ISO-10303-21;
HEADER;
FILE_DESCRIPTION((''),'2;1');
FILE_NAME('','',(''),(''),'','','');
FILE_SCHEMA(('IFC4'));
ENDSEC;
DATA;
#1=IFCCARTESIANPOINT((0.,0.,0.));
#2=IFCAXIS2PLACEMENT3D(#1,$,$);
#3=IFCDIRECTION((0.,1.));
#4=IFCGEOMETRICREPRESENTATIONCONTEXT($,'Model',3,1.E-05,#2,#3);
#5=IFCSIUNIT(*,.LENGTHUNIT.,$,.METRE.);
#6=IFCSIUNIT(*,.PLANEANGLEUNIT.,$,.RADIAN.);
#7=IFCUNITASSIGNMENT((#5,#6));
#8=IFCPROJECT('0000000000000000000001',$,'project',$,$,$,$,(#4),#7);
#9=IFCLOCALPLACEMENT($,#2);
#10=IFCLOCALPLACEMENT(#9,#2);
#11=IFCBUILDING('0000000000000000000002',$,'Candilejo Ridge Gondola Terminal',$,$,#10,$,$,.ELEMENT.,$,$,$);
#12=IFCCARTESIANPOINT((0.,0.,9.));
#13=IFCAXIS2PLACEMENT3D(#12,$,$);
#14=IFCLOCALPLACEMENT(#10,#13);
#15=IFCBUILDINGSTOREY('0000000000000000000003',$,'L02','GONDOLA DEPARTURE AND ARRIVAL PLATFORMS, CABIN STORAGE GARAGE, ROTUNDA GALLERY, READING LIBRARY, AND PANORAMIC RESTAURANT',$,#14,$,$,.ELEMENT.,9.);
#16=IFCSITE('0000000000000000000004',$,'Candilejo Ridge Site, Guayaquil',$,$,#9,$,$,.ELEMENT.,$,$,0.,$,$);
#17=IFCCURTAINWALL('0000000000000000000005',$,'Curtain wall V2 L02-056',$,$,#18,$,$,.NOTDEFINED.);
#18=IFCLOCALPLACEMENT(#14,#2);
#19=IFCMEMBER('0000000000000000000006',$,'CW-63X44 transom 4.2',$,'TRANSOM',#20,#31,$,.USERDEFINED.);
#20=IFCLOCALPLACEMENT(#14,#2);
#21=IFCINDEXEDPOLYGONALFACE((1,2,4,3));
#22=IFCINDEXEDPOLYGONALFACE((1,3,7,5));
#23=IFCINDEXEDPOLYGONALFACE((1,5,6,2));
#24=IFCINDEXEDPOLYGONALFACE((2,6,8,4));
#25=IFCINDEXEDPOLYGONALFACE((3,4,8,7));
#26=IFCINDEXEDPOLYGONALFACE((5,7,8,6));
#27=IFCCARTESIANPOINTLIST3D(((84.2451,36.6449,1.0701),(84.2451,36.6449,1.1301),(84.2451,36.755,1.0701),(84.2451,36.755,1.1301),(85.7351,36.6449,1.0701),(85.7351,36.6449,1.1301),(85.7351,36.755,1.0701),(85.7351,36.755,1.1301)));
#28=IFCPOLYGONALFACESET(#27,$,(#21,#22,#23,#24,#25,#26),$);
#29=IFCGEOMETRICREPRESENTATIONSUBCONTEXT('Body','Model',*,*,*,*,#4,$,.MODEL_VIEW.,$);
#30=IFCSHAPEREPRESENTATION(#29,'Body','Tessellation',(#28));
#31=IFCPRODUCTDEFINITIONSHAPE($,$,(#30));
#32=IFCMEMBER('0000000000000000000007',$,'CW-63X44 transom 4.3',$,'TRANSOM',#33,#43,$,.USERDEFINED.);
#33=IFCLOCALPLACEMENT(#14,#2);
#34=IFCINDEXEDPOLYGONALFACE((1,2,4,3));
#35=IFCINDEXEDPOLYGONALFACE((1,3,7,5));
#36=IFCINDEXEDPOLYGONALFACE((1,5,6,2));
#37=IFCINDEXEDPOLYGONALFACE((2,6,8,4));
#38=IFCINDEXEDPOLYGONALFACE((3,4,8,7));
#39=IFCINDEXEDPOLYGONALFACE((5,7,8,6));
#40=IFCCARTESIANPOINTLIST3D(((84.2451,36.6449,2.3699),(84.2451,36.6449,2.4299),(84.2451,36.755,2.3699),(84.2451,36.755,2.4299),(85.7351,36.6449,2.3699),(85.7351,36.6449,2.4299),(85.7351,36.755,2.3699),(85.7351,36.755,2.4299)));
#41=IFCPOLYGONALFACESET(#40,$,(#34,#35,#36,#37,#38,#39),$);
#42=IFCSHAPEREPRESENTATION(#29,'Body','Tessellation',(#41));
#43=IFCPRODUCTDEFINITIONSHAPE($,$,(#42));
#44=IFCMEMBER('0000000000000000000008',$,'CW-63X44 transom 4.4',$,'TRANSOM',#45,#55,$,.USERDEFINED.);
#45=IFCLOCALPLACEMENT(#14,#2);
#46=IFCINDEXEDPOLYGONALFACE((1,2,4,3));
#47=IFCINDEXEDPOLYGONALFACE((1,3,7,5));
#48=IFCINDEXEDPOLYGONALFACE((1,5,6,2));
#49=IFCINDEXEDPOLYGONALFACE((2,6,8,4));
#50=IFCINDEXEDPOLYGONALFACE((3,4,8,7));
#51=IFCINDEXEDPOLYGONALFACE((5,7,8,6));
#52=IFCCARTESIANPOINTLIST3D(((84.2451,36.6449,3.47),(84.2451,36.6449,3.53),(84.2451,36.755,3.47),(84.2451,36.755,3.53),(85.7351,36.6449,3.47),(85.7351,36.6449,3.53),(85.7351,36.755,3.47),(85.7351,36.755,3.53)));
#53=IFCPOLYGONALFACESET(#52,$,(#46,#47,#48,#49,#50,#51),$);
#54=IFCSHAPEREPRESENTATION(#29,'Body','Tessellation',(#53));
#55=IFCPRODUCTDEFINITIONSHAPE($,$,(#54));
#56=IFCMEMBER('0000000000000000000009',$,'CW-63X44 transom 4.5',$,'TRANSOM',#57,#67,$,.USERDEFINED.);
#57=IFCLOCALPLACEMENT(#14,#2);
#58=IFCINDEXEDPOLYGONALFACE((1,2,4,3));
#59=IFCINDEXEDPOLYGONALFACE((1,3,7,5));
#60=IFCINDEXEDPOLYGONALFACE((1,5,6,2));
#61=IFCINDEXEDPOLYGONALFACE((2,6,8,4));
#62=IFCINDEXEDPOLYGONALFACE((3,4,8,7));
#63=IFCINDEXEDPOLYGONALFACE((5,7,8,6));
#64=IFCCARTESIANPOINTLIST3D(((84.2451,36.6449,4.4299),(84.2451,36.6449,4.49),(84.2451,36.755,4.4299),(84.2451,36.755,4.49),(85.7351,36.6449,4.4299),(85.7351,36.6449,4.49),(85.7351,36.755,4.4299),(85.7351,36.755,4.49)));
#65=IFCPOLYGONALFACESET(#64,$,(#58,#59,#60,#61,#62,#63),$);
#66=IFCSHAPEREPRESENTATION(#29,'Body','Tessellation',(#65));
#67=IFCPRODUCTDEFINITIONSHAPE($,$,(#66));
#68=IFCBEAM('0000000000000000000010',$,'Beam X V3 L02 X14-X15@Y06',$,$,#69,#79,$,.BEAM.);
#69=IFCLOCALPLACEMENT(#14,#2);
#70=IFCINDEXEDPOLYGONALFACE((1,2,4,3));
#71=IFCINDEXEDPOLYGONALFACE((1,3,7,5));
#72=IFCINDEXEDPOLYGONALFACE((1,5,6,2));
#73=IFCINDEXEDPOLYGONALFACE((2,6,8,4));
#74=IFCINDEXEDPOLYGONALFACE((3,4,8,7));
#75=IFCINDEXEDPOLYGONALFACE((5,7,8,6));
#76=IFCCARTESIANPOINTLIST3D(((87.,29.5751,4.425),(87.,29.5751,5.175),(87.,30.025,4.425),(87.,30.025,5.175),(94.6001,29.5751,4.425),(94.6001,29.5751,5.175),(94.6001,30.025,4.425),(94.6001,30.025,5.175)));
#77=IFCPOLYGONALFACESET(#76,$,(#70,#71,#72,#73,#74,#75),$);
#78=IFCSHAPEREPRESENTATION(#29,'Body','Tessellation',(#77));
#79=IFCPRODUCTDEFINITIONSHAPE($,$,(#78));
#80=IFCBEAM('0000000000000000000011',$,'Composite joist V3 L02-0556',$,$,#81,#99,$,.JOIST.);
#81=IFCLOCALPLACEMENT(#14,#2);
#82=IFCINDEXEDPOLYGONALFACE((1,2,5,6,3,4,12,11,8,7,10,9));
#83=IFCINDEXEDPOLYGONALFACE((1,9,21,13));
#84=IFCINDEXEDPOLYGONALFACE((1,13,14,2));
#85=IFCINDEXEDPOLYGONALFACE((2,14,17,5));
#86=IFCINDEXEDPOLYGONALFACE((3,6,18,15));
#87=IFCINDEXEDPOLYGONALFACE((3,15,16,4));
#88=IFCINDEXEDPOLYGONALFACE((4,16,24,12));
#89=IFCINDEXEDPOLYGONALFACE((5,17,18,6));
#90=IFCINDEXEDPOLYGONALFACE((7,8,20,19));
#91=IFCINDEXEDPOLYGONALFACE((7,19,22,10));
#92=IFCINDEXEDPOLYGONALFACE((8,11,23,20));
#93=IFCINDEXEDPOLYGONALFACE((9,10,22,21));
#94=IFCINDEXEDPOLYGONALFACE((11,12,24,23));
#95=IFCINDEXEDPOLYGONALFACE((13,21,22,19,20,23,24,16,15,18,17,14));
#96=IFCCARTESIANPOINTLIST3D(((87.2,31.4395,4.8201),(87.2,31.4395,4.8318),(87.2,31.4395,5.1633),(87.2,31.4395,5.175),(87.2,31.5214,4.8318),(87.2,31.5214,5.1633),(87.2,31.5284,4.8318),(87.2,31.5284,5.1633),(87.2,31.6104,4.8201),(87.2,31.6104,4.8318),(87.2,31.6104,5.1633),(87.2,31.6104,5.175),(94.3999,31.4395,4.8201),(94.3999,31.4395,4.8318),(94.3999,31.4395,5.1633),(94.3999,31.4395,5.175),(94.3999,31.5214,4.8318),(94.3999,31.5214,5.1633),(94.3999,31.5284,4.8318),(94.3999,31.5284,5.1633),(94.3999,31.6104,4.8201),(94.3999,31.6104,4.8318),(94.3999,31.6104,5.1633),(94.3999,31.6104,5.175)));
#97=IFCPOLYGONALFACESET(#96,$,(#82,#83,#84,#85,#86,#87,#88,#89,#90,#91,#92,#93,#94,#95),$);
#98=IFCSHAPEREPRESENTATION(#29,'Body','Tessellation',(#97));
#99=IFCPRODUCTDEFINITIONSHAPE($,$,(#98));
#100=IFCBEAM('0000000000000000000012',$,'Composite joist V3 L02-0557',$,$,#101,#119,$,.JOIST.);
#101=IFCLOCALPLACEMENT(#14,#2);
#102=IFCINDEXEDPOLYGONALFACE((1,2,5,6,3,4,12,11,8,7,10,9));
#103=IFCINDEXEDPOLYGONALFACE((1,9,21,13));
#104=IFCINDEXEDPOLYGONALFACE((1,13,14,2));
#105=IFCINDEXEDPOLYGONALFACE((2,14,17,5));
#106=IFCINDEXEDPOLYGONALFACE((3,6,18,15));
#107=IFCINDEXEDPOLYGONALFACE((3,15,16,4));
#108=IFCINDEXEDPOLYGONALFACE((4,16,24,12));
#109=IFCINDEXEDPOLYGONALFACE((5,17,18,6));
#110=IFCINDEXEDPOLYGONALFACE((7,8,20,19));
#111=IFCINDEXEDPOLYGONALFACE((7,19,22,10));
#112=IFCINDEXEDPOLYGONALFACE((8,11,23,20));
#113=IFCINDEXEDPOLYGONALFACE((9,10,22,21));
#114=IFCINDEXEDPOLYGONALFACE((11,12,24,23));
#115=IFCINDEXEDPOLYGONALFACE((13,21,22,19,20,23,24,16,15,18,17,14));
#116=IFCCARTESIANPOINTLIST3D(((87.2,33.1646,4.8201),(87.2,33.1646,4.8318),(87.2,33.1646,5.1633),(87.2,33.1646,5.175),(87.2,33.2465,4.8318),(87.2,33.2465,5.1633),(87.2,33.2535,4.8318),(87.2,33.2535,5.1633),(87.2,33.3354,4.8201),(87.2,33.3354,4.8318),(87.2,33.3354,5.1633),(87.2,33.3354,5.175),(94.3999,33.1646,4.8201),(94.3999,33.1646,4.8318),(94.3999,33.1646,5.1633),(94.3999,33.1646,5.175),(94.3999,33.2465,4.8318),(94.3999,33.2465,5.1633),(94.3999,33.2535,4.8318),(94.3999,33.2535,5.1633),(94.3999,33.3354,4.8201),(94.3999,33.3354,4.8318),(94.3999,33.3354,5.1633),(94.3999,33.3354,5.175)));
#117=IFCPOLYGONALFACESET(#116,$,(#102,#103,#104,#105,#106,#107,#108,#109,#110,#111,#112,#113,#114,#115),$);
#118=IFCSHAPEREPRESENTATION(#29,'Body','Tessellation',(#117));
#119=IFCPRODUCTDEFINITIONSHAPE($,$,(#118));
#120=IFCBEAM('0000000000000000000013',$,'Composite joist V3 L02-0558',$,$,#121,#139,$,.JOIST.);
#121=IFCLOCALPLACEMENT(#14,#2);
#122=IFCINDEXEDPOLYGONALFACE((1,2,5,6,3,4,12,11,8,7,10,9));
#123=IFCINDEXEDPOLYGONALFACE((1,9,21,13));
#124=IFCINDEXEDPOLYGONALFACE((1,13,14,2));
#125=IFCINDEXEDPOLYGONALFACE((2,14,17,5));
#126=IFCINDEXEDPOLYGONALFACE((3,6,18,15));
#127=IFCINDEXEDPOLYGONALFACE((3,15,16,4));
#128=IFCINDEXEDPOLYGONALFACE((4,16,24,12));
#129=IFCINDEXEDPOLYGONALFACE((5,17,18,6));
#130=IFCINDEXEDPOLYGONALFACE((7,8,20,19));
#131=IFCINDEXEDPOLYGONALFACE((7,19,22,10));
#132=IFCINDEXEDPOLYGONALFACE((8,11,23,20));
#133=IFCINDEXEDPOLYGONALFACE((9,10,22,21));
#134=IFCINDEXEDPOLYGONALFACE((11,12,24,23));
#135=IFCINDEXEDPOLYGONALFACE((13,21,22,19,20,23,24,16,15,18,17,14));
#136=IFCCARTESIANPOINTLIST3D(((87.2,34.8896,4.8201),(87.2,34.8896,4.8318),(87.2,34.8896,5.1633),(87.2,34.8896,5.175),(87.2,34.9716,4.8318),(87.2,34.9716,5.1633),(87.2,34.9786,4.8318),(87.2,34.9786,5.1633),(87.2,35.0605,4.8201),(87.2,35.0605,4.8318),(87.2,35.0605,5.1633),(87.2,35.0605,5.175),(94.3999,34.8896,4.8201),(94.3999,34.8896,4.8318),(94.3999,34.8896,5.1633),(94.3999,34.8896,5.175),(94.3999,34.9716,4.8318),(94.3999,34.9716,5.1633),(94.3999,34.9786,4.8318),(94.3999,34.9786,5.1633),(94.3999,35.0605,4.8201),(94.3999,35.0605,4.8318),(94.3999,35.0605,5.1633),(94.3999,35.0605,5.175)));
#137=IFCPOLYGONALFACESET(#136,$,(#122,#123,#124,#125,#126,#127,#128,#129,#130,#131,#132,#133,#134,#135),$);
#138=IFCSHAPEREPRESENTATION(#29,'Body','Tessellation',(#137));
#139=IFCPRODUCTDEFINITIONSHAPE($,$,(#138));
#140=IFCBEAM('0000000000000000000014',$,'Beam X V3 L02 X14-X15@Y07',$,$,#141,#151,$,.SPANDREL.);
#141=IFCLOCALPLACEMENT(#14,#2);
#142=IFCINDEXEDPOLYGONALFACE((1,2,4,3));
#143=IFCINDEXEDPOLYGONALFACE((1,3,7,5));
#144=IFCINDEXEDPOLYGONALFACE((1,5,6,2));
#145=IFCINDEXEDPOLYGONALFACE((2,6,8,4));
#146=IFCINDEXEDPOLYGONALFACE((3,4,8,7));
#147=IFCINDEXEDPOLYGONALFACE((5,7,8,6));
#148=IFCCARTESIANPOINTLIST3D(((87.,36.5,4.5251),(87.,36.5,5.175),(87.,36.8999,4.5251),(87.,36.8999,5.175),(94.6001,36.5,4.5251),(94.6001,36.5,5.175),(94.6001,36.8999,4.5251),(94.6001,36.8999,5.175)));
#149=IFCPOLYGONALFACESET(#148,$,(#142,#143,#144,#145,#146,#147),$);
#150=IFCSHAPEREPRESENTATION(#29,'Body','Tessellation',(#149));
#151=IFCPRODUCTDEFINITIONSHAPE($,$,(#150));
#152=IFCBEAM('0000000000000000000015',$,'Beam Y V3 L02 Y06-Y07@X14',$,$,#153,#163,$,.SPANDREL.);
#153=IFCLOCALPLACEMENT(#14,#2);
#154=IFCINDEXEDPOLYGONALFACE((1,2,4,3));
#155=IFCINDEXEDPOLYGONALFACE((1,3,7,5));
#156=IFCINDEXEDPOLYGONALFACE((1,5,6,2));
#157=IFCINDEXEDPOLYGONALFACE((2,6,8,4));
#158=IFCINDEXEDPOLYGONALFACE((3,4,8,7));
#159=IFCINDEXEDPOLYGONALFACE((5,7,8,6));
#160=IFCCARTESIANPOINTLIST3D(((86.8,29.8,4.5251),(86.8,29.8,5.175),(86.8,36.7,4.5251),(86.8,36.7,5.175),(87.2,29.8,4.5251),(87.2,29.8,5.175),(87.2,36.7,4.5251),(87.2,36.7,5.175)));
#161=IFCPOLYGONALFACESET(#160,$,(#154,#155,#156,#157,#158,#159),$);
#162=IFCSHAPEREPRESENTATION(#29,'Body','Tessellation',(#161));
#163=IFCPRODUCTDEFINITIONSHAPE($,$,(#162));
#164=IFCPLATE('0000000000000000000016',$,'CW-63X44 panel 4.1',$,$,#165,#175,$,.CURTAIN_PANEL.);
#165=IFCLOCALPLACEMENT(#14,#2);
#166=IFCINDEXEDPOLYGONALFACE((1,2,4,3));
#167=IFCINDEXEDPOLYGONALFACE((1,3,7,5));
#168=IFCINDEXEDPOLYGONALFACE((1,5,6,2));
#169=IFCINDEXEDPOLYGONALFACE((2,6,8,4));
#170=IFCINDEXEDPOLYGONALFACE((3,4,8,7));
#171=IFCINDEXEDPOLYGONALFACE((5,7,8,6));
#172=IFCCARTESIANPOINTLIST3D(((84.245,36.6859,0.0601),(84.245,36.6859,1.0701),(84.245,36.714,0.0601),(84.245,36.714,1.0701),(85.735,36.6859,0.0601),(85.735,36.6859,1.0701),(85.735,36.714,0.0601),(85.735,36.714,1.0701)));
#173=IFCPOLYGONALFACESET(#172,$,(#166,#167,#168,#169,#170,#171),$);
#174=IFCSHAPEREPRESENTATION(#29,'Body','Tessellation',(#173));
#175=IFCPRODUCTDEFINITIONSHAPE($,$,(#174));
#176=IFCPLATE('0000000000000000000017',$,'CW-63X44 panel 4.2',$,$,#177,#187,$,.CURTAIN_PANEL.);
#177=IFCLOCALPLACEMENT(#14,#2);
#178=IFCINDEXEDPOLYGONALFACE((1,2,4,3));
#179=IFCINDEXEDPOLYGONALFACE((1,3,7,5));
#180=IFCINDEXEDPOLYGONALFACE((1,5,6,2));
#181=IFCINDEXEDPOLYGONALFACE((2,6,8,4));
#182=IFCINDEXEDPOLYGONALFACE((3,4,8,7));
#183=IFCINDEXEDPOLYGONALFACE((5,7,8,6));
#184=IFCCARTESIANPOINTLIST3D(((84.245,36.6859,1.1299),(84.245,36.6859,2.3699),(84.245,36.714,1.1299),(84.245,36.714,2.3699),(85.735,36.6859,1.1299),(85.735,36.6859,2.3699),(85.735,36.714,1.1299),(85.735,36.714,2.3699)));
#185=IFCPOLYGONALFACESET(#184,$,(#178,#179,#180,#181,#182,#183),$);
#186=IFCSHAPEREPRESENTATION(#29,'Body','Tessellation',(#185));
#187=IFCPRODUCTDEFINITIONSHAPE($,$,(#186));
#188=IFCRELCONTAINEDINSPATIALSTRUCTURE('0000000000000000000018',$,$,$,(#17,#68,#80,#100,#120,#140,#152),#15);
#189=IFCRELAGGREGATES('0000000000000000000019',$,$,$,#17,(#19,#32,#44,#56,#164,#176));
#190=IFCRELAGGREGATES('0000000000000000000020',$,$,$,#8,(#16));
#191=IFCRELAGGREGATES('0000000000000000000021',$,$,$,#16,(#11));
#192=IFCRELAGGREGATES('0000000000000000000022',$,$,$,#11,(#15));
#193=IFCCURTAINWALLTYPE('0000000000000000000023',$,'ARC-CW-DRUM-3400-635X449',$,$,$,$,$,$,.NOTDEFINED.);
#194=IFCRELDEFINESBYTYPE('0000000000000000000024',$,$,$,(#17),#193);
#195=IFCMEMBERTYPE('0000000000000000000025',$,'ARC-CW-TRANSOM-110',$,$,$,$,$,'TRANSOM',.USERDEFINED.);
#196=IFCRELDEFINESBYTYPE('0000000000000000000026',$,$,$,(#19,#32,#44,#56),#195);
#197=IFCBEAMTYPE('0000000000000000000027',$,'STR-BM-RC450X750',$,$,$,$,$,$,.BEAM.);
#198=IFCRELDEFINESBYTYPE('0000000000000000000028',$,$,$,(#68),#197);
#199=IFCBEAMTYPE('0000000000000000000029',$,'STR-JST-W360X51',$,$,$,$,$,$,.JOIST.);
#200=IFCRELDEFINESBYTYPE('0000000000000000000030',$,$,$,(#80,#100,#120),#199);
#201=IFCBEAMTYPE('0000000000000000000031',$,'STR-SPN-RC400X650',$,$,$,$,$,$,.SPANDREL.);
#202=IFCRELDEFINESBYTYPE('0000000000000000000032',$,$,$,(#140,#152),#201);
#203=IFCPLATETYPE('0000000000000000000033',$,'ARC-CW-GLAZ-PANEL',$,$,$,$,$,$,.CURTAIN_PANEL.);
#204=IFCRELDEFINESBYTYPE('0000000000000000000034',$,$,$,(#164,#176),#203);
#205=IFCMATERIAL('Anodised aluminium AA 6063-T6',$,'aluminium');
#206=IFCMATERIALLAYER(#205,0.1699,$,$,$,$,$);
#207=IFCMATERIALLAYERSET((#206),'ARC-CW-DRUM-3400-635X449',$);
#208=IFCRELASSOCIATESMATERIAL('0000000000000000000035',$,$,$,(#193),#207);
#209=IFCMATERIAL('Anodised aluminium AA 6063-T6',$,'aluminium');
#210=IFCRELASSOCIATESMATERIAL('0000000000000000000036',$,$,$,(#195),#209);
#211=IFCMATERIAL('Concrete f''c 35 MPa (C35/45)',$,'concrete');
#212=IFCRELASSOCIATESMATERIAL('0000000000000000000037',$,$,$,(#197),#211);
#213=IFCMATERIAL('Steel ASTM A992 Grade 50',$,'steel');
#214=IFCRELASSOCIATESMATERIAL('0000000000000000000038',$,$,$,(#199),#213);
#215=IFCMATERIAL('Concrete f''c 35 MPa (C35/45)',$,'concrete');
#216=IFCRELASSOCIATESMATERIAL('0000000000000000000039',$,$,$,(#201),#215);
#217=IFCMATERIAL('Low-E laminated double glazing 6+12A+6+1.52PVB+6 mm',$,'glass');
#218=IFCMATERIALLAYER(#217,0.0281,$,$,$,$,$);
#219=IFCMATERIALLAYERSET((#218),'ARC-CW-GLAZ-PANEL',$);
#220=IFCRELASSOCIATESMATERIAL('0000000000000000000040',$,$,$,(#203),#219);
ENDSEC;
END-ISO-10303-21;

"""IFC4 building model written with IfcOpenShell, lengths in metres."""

from ifc_helpers import new_model, si_unit, direction, frame, origin, origin_2d, place, context, subcontext, project, spatial, rectangle, i_section, extrude, material, layer, layer_set, material_profile, profile_set, type_object, element, aggregate, save


model = new_model("IFC4")

# Units and contexts
model_context = context("Model", 3, precision=1e-05, world=origin(), true_north=direction((0.0, 1.0)))
body_context = subcontext(model_context, "Body", "Model", "MODEL_VIEW")
ifc_project = project(units=[si_unit("LENGTHUNIT", "METRE"), si_unit("PLANEANGLEUNIT", "RADIAN")], contexts=[model_context])

# Site, building, storey
site_placement = place(None, origin())
site = spatial("IfcSite", under=ifc_project, at=site_placement, Name="Candilejo Ridge Site, Guayaquil", CompositionType="ELEMENT", RefElevation=0.0)
building_placement = place(site_placement, origin())
building = spatial("IfcBuilding", under=site, at=building_placement, Name="Candilejo Ridge Gondola Terminal", CompositionType="ELEMENT")
storey_placement = place(building_placement, frame((0.0, 0.0, 9.0)))
storey = spatial("IfcBuildingStorey", under=building, at=storey_placement, Name="L02", Description="GONDOLA DEPARTURE AND ARRIVAL PLATFORMS, CABIN STORAGE GARAGE, ROTUNDA GALLERY, READING LIBRARY, AND PANORAMIC RESTAURANT", CompositionType="ELEMENT", Elevation=9.0)

# Curtain wall
ifc_material_1 = material(Name="Anodised aluminium AA 6063-T6", Category="aluminium")
ifc_layer_1 = layer(ifc_material_1, 0.1699)
ifc_layer_set_1 = layer_set([ifc_layer_1], Name="ARC-CW-DRUM-3400-635X449")
curtain_wall_type_1 = type_object("IfcCurtainWallType", Name="ARC-CW-DRUM-3400-635X449", PredefinedType="NOTDEFINED", material=ifc_layer_set_1)
curtain_wall_1_placement = place(storey_placement, origin())
curtain_wall_1 = element("IfcCurtainWall", 1, at=curtain_wall_1_placement, inside=storey, type_object=curtain_wall_type_1, Name="Curtain wall V2 L02-056", PredefinedType="NOTDEFINED")

# Members
ifc_material_2 = material(Name="Anodised aluminium AA 6063-T6", Category="aluminium")
ifc_material_profile_1 = material_profile(ifc_material_2, rectangle(XDim=0.1101, YDim=0.0601, at=origin_2d()))
ifc_profile_set_1 = profile_set([ifc_material_profile_1], Name="Anodised aluminium AA 6063-T6")
member_type_1 = type_object("IfcMemberType", Name="ARC-CW-TRANSOM-110", ElementType="TRANSOM", PredefinedType="USERDEFINED", material=ifc_profile_set_1)
member_1_placement = place(storey_placement, frame((84.2451, 36.7, 1.1001), z_axis=(1.0, 0.0, 0.0), x_axis=(0.0, 1.0, 0.0)))
member_1 = element("IfcMember", 2, at=member_1_placement, type_object=member_type_1, Name="CW-63X44 transom 4.2", ObjectType="TRANSOM", PredefinedType="USERDEFINED", context=body_context, shape_type="SweptSolid", body=[
    extrude(rectangle(XDim=0.1101, YDim=0.0601, at=origin_2d()), origin(), (0.0, 0.0, 1.0), 1.49),
])
member_2_placement = place(storey_placement, frame((84.2451, 36.7, 2.3999), z_axis=(1.0, 0.0, 0.0), x_axis=(0.0, 1.0, 0.0)))
member_2 = element("IfcMember", 3, at=member_2_placement, type_object=member_type_1, Name="CW-63X44 transom 4.3", ObjectType="TRANSOM", PredefinedType="USERDEFINED", context=body_context, shape_type="SweptSolid", body=[
    extrude(rectangle(XDim=0.1101, YDim=0.0601, at=origin_2d()), origin(), (0.0, 0.0, 1.0), 1.49),
])
member_3_placement = place(storey_placement, frame((84.2451, 36.7, 3.5), z_axis=(1.0, 0.0, 0.0), x_axis=(0.0, 1.0, 0.0)))
member_3 = element("IfcMember", 4, at=member_3_placement, type_object=member_type_1, Name="CW-63X44 transom 4.4", ObjectType="TRANSOM", PredefinedType="USERDEFINED", context=body_context, shape_type="SweptSolid", body=[
    extrude(rectangle(XDim=0.1101, YDim=0.0601, at=origin_2d()), origin(), (0.0, 0.0, 1.0), 1.49),
])
member_4_placement = place(storey_placement, frame((84.2451, 36.7, 4.46), z_axis=(1.0, 0.0, 0.0), x_axis=(0.0, 1.0, 0.0)))
member_4 = element("IfcMember", 5, at=member_4_placement, type_object=member_type_1, Name="CW-63X44 transom 4.5", ObjectType="TRANSOM", PredefinedType="USERDEFINED", context=body_context, shape_type="SweptSolid", body=[
    extrude(rectangle(XDim=0.1101, YDim=0.0601, at=origin_2d()), origin(), (0.0, 0.0, 1.0), 1.49),
])

# Beams
ifc_material_3 = material(Name="Concrete f'c 35 MPa (C35/45)", Category="concrete")
ifc_material_profile_2 = material_profile(ifc_material_3, rectangle(XDim=0.45, YDim=0.75, at=origin_2d()))
ifc_profile_set_2 = profile_set([ifc_material_profile_2], Name="Concrete f'c 35 MPa (C35/45)")
beam_type_1 = type_object("IfcBeamType", Name="STR-BM-RC450X750", PredefinedType="BEAM", material=ifc_profile_set_2)
beam_1_placement = place(storey_placement, frame((87.0, 29.8, 4.8), z_axis=(1.0, 0.0, 0.0), x_axis=(0.0, 1.0, 0.0)))
element("IfcBeam", 6, at=beam_1_placement, inside=storey, type_object=beam_type_1, Name="Beam X V3 L02 X14-X15@Y06", PredefinedType="BEAM", context=body_context, shape_type="SweptSolid", body=[
    extrude(rectangle(XDim=0.45, YDim=0.75, at=origin_2d()), origin(), (0.0, 0.0, 1.0), 7.6001),
])
ifc_material_4 = material(Name="Steel ASTM A992 Grade 50", Category="steel")
ifc_material_profile_3 = material_profile(ifc_material_4, i_section(OverallWidth=0.1709, OverallDepth=0.355, WebThickness=0.0071, FlangeThickness=0.0117, at=origin_2d()))
ifc_profile_set_3 = profile_set([ifc_material_profile_3], Name="Steel ASTM A992 Grade 50")
beam_type_2 = type_object("IfcBeamType", Name="STR-JST-W360X51", PredefinedType="JOIST", material=ifc_profile_set_3)
for number, where, z_axis, x_axis, name in (
    (7, (87.2, 31.5249, 4.9976), (1.0, 0.0, 0.0), (0.0, 1.0, 0.0), "Composite joist V3 L02-0556"),
    (8, (87.2, 33.25, 4.9976), (1.0, 0.0, 0.0), (0.0, 1.0, 0.0), "Composite joist V3 L02-0557"),
    (9, (87.2, 34.9751, 4.9976), (1.0, 0.0, 0.0), (0.0, 1.0, 0.0), "Composite joist V3 L02-0558"),
):
    element("IfcBeam", number, at=place(storey_placement, frame(where, z_axis=z_axis, x_axis=x_axis)), inside=storey, type_object=beam_type_2, Name=name, PredefinedType="JOIST", context=body_context, shape_type="SweptSolid", body=[
        extrude(i_section(OverallWidth=0.1709, OverallDepth=0.355, WebThickness=0.0071, FlangeThickness=0.0117, at=origin_2d()), origin(), (0.0, 0.0, 1.0), 7.2),
    ])
ifc_material_5 = material(Name="Concrete f'c 35 MPa (C35/45)", Category="concrete")
ifc_material_profile_4 = material_profile(ifc_material_5, rectangle(XDim=0.3999, YDim=0.6499, at=origin_2d()))
ifc_profile_set_4 = profile_set([ifc_material_profile_4], Name="Concrete f'c 35 MPa (C35/45)")
beam_type_3 = type_object("IfcBeamType", Name="STR-SPN-RC400X650", PredefinedType="SPANDREL", material=ifc_profile_set_4)
beam_2_placement = place(storey_placement, frame((87.0, 36.7, 4.8501), z_axis=(1.0, 0.0, 0.0), x_axis=(0.0, 1.0, 0.0)))
element("IfcBeam", 10, at=beam_2_placement, inside=storey, type_object=beam_type_3, Name="Beam X V3 L02 X14-X15@Y07", PredefinedType="SPANDREL", context=body_context, shape_type="SweptSolid", body=[
    extrude(rectangle(XDim=0.3999, YDim=0.6499, at=origin_2d()), origin(), (0.0, 0.0, 1.0), 7.6001),
])
beam_3_placement = place(storey_placement, frame((87.0, 29.8, 4.8501), z_axis=(0.0, 1.0, 0.0), x_axis=(-1.0, 0.0, 0.0)))
element("IfcBeam", 11, at=beam_3_placement, inside=storey, type_object=beam_type_3, Name="Beam Y V3 L02 Y06-Y07@X14", PredefinedType="SPANDREL", context=body_context, shape_type="SweptSolid", body=[
    extrude(rectangle(XDim=0.3999, YDim=0.6499, at=origin_2d()), origin(), (0.0, 0.0, 1.0), 6.8999),
])

# Plates
ifc_material_6 = material(Name="Low-E laminated double glazing 6+12A+6+1.52PVB+6 mm", Category="glass")
ifc_layer_2 = layer(ifc_material_6, 0.0281)
ifc_layer_set_2 = layer_set([ifc_layer_2], Name="ARC-CW-GLAZ-PANEL")
plate_type = type_object("IfcPlateType", Name="ARC-CW-GLAZ-PANEL", PredefinedType="CURTAIN_PANEL", material=ifc_layer_set_2)
plate_1_placement = place(storey_placement, frame((84.99, 36.7, 0.0601), z_axis=(0.0, 0.0, 1.0), x_axis=(1.0, 0.0, 0.0)))
plate_1 = element("IfcPlate", 12, at=plate_1_placement, type_object=plate_type, Name="CW-63X44 panel 4.1", PredefinedType="CURTAIN_PANEL", context=body_context, shape_type="SweptSolid", body=[
    extrude(rectangle(XDim=1.49, YDim=0.0281, at=origin_2d()), origin(), (0.0, 0.0, 1.0), 1.01),
])
plate_2_placement = place(storey_placement, frame((84.99, 36.7, 1.1299), z_axis=(0.0, 0.0, 1.0), x_axis=(1.0, 0.0, 0.0)))
plate_2 = element("IfcPlate", 13, at=plate_2_placement, type_object=plate_type, Name="CW-63X44 panel 4.2", PredefinedType="CURTAIN_PANEL", context=body_context, shape_type="SweptSolid", body=[
    extrude(rectangle(XDim=1.49, YDim=0.0281, at=origin_2d()), origin(), (0.0, 0.0, 1.0), 1.24),
])
aggregate(curtain_wall_1, [member_1, member_2, member_3, member_4, plate_1, plate_2])

save(model, "model.ifc")
